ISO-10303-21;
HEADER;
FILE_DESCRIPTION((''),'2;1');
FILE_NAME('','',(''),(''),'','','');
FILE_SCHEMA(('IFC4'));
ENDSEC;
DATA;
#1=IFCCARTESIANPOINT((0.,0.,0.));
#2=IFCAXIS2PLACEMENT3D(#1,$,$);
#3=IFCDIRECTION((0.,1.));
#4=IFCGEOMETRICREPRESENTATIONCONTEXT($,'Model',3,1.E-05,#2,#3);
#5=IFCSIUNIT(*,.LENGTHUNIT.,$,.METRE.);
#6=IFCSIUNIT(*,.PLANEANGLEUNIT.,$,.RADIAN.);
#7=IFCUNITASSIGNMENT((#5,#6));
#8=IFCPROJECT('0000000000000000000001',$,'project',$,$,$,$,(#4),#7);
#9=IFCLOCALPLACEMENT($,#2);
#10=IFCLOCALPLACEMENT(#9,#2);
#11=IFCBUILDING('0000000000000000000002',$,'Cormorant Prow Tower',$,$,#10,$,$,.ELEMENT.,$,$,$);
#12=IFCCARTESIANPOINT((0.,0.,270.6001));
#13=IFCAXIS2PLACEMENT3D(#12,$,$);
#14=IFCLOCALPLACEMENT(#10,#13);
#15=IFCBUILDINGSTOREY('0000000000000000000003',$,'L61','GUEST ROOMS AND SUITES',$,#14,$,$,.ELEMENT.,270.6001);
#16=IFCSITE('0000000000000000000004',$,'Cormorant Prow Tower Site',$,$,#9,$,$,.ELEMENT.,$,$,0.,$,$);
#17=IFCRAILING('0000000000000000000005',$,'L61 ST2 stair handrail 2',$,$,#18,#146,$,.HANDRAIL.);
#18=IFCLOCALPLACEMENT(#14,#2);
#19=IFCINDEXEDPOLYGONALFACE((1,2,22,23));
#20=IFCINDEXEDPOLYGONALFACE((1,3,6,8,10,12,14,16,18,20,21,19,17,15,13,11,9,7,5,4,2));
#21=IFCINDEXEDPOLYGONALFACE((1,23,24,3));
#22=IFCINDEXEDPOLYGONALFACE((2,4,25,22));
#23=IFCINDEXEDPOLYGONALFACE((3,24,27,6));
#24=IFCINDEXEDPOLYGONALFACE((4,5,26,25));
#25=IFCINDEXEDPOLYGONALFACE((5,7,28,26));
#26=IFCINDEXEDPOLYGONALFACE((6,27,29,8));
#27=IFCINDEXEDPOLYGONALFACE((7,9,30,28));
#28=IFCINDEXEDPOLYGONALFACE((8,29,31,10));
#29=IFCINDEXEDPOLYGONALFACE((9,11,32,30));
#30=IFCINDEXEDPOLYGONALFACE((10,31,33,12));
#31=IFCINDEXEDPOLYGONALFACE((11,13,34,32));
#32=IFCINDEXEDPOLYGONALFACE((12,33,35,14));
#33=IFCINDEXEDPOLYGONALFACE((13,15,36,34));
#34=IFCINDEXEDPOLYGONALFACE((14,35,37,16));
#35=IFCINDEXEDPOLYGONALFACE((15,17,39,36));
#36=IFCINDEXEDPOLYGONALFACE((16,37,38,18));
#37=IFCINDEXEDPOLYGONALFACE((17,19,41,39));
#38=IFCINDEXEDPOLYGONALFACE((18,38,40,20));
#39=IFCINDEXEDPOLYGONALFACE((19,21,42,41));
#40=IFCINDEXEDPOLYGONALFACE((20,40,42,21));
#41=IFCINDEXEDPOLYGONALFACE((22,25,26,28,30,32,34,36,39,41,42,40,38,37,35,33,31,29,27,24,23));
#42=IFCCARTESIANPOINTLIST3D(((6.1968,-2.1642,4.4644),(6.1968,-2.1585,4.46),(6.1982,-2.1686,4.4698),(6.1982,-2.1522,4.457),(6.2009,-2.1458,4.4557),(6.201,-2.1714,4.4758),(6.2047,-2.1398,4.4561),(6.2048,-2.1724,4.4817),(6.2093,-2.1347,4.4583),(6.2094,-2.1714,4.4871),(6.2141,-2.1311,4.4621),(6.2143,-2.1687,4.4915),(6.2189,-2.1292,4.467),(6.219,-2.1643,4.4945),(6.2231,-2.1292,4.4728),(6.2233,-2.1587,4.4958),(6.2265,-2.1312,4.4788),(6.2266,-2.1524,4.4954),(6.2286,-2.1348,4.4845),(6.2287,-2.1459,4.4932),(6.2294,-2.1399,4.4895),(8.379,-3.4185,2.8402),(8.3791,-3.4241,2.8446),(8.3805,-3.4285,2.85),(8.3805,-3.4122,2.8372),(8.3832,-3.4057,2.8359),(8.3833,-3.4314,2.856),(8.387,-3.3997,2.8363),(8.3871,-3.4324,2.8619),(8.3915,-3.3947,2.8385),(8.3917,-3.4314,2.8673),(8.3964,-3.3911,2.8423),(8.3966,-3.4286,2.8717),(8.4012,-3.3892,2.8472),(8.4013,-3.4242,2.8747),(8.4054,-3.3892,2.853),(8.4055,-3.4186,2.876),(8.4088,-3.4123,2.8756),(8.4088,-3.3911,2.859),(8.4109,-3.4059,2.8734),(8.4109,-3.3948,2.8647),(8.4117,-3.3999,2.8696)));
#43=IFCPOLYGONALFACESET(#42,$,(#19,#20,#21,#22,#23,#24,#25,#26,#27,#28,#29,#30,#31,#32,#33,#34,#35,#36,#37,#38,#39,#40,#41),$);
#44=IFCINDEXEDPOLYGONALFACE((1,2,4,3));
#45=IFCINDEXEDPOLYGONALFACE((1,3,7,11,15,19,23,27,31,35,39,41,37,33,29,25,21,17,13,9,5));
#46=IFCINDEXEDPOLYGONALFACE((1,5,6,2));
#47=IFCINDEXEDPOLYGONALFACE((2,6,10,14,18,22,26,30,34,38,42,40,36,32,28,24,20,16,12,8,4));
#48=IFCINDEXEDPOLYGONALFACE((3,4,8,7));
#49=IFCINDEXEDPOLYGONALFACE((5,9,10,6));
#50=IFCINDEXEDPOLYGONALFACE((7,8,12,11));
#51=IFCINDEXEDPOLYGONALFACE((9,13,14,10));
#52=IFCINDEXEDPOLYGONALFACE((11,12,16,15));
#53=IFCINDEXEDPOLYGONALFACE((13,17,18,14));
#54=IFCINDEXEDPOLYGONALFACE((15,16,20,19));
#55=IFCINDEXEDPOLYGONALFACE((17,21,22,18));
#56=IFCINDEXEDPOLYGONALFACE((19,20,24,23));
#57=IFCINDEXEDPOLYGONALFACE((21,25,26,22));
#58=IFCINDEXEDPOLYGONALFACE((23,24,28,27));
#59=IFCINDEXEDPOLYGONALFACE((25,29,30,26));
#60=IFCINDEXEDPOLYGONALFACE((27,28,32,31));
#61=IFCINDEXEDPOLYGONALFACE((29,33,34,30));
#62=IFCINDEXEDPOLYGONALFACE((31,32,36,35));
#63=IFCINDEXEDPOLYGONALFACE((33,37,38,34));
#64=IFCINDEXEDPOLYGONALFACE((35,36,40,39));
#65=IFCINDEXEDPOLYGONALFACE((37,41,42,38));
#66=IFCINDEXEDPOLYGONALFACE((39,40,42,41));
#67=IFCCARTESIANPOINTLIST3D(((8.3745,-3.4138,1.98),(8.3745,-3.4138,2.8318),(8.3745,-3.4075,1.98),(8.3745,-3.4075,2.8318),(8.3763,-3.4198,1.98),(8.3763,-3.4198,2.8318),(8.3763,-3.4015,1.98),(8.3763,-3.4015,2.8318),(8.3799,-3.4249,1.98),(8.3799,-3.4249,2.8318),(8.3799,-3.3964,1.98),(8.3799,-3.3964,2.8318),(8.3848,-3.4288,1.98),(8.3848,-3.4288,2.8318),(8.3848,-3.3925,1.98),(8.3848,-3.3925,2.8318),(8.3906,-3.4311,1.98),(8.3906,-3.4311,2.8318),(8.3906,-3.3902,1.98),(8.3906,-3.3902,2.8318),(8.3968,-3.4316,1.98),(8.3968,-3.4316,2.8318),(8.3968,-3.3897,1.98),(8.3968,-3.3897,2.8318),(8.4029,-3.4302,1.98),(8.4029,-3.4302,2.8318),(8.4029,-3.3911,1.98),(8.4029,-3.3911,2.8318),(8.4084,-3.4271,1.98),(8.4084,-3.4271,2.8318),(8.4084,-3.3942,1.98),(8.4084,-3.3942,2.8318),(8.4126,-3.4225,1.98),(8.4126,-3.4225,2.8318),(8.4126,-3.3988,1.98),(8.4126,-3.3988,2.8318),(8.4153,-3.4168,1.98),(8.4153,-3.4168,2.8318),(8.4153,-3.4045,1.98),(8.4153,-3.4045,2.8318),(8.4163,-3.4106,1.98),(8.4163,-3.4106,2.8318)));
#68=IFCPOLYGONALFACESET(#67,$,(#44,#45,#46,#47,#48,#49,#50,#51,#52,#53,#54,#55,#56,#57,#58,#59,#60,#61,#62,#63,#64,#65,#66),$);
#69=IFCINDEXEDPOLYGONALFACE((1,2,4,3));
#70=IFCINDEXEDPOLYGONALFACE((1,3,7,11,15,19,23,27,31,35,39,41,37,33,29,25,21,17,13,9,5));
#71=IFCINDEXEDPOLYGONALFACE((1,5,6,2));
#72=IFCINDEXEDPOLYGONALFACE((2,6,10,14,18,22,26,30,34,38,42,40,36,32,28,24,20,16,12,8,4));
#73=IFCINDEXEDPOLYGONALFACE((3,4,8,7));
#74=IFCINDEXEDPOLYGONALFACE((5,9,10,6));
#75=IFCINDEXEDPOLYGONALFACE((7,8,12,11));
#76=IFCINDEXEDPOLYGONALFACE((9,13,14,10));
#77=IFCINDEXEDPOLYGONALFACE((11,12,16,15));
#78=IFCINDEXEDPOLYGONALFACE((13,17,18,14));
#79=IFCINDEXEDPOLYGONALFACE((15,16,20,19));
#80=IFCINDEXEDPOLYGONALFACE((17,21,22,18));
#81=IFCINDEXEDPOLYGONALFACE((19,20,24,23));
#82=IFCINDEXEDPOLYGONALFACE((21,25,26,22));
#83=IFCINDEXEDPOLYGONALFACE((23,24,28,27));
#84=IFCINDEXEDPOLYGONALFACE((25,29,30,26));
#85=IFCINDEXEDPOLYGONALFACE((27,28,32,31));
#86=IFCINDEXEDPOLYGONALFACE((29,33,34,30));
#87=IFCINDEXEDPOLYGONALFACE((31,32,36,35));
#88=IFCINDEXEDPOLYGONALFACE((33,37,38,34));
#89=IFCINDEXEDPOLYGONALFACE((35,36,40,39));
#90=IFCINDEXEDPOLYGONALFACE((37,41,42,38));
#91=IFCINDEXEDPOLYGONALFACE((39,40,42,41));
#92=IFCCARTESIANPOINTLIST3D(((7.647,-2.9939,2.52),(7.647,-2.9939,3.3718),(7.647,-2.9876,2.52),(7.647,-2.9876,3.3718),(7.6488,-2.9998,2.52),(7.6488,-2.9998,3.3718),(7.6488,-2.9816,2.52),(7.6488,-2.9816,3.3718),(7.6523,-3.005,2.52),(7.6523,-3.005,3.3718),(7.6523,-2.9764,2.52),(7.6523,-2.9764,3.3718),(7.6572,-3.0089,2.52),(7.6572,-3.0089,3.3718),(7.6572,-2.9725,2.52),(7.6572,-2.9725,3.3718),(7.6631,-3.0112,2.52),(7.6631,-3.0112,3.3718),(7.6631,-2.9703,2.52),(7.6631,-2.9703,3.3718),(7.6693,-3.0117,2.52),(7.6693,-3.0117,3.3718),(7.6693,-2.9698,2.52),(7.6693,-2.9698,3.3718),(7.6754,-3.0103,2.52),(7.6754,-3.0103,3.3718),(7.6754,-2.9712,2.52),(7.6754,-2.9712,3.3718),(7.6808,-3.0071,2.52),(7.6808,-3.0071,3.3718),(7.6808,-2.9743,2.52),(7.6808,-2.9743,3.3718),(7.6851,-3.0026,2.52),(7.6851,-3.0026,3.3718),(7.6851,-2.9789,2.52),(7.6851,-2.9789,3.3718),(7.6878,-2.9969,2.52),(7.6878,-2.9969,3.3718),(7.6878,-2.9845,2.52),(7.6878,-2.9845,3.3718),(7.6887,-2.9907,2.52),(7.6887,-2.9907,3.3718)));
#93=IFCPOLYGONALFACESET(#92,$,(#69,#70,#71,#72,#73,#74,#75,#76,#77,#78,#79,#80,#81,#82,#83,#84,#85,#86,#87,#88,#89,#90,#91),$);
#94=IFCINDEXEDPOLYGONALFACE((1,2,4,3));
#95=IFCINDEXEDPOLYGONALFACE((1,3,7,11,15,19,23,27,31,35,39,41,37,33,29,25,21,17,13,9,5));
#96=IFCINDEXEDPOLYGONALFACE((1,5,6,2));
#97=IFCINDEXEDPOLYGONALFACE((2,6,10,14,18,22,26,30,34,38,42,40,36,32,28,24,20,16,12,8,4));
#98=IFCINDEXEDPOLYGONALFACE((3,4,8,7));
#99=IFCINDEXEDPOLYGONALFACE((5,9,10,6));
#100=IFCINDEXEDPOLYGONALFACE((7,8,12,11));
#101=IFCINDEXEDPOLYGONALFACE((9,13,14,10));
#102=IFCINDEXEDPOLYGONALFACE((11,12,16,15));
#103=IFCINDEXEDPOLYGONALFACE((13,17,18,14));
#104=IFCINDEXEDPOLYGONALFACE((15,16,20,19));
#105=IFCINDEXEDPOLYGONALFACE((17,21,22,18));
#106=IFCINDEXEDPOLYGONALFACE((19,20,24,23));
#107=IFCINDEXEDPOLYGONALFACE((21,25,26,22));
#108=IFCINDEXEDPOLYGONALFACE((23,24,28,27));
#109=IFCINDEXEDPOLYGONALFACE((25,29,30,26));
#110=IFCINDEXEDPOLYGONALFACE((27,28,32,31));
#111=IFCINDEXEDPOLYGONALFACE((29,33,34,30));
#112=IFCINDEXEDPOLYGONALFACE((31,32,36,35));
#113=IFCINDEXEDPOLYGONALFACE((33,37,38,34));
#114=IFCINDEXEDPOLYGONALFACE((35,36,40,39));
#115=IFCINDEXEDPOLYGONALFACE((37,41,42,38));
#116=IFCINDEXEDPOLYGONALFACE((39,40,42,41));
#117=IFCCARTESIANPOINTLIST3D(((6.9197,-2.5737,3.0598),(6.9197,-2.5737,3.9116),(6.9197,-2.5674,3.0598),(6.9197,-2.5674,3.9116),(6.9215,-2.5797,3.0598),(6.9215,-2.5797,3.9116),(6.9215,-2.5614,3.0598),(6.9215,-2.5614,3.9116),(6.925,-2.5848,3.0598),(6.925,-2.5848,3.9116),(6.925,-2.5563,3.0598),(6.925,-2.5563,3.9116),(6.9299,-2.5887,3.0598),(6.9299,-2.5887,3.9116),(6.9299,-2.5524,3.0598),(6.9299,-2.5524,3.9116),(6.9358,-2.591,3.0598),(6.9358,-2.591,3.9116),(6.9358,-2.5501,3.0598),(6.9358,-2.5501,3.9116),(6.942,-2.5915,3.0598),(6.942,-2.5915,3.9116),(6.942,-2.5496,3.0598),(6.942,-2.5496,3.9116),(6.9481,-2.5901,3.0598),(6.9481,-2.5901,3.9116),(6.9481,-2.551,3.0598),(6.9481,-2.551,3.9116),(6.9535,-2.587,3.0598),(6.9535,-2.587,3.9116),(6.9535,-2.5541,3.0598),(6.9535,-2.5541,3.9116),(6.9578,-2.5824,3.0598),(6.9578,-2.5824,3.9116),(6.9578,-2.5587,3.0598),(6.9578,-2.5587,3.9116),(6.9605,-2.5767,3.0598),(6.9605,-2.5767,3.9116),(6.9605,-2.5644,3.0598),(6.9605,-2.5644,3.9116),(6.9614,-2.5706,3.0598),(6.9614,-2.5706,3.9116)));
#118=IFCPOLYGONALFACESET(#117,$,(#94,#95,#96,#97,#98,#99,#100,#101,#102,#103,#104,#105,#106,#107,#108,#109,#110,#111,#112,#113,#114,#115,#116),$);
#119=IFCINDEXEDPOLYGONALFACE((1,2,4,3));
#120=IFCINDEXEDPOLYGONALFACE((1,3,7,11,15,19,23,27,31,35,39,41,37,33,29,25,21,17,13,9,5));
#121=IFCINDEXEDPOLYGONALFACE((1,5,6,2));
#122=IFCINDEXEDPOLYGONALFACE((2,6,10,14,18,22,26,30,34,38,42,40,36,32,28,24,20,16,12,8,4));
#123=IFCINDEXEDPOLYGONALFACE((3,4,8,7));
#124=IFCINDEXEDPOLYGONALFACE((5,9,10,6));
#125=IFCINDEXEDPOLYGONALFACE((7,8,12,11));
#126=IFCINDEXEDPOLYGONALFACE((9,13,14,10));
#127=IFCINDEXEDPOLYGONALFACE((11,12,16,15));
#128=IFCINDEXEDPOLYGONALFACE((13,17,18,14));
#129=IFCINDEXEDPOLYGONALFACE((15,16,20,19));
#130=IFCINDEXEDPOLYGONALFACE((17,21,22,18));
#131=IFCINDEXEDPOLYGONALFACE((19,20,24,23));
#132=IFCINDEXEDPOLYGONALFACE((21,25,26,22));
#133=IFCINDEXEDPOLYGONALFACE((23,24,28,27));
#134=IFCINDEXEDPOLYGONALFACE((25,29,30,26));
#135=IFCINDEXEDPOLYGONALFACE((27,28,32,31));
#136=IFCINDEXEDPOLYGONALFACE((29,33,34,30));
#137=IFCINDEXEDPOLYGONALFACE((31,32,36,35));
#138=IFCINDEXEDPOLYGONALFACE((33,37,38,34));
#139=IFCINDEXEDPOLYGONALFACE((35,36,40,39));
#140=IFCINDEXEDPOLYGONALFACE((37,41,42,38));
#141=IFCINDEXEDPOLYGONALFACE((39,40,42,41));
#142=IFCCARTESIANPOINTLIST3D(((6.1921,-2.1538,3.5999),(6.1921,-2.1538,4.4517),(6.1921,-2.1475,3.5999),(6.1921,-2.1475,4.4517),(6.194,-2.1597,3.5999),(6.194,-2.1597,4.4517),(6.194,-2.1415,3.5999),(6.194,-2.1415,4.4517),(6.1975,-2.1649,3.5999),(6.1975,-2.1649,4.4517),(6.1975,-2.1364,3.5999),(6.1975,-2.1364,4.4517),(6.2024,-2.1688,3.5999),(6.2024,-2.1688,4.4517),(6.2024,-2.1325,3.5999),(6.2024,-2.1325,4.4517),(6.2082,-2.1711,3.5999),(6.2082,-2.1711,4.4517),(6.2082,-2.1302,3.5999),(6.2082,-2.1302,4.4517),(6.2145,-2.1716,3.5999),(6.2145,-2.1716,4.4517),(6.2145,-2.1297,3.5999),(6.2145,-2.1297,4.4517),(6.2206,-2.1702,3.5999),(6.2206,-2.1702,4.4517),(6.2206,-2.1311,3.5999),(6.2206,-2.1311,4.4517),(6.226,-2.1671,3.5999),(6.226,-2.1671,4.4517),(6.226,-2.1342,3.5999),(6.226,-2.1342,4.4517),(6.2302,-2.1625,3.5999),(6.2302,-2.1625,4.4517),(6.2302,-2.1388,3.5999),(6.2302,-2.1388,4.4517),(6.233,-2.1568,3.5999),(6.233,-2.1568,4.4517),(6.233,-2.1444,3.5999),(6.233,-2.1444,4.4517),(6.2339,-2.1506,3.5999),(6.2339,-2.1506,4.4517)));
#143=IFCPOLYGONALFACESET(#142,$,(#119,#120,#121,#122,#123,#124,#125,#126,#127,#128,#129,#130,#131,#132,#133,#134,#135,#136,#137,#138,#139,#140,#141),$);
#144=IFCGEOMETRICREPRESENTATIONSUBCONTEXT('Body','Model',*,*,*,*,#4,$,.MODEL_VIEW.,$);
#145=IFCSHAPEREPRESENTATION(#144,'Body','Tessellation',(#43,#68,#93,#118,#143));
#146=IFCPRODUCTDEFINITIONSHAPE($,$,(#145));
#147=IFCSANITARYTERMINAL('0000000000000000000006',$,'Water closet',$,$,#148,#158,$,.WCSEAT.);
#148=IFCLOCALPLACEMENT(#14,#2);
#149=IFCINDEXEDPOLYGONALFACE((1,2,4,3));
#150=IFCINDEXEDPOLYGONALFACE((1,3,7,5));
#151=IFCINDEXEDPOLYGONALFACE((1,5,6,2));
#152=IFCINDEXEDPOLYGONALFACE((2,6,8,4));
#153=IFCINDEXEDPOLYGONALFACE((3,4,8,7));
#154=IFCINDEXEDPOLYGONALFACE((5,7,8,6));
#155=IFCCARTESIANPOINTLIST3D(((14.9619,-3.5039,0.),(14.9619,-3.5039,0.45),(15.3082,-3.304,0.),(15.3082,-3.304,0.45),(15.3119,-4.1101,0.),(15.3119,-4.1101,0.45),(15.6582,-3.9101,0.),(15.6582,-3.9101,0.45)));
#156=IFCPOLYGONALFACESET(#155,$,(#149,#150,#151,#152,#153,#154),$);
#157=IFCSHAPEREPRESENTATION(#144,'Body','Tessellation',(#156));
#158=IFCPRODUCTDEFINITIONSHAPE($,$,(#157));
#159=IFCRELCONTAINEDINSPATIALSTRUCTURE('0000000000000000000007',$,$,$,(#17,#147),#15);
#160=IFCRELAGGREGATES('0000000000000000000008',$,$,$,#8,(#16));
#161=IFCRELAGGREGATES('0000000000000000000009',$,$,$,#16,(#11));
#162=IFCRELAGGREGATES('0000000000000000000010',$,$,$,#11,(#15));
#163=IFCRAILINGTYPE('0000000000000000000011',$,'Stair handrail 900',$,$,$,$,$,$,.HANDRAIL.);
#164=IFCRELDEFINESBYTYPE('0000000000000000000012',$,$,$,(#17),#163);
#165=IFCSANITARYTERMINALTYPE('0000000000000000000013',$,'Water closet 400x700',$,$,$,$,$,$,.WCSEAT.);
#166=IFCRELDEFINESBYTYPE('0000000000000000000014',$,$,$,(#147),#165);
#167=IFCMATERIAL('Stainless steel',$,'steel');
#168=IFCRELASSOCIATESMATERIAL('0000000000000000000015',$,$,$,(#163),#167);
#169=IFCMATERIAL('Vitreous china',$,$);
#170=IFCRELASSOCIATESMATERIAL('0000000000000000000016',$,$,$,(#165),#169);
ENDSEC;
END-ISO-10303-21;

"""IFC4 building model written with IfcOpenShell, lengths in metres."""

from ifc_helpers import new_model, si_unit, direction, frame, origin, origin_2d, place, context, subcontext, project, spatial, rectangle, circle, extrude, material, type_object, element, save


model = new_model("IFC4")

# Units and contexts
model_context = context("Model", 3, precision=1e-05, world=origin(), true_north=direction((0.0, 1.0)))
body_context = subcontext(model_context, "Body", "Model", "MODEL_VIEW")
ifc_project = project(units=[si_unit("LENGTHUNIT", "METRE"), si_unit("PLANEANGLEUNIT", "RADIAN")], contexts=[model_context])

# Site, building, storey
site_placement = place(None, origin())
site = spatial("IfcSite", under=ifc_project, at=site_placement, Name="Cormorant Prow Tower Site", CompositionType="ELEMENT", RefElevation=0.0)
building_placement = place(site_placement, origin())
building = spatial("IfcBuilding", under=site, at=building_placement, Name="Cormorant Prow Tower", CompositionType="ELEMENT")
storey_placement = place(building_placement, frame((0.0, 0.0, 270.6001)))
storey = spatial("IfcBuildingStorey", under=building, at=storey_placement, Name="L61", Description="GUEST ROOMS AND SUITES", CompositionType="ELEMENT", Elevation=270.6001)

# Railing
ifc_material_1 = material(Name="Stainless steel", Category="steel")
railing_type_1 = type_object("IfcRailingType", Name="Stair handrail 900", PredefinedType="HANDRAIL", material=ifc_material_1)
railing_1_placement = place(storey_placement, frame((8.3953, -3.4106, 1.98)))
element("IfcRailing", 1, at=railing_1_placement, inside=storey, type_object=railing_type_1, Name="L61 ST2 stair handrail 2", PredefinedType="HANDRAIL", context=body_context, shape_type="SweptSolid", body=[
    extrude(circle(Radius=0.0239, at=origin_2d()), frame((0.0, 0.0, 0.876), z_axis=(-0.728496, 0.420603, 0.540728), x_axis=(-0.500005, -0.866023, 0.0)), (0.0, 0.0, 1.0), 2.9956),
    extrude(circle(Radius=0.021, at=origin_2d()), origin(), (0.0, 0.0, 1.0), 0.8518),
    extrude(circle(Radius=0.021, at=origin_2d()), frame((-0.7275, 0.4199, 0.54)), (0.0, 0.0, 1.0), 0.8518),
    extrude(circle(Radius=0.021, at=origin_2d()), frame((-1.4548, 0.8401, 1.0798)), (0.0, 0.0, 1.0), 0.8518),
    extrude(circle(Radius=0.021, at=origin_2d()), frame((-2.1824, 1.26, 1.6199)), (0.0, 0.0, 1.0), 0.8518),
])

# Sanitary terminal
ifc_material_2 = material(Name="Vitreous china")
sanitary_terminal_type = type_object("IfcSanitaryTerminalType", Name="Water closet 400x700", PredefinedType="WCSEAT", material=ifc_material_2)
sanitary_terminal_placement = place(storey_placement, frame((15.3101, -3.707, 0.0), z_axis=(0.0, 0.0, 1.0), x_axis=(0.866025, 0.5, 0.0)))
element("IfcSanitaryTerminal", 2, at=sanitary_terminal_placement, inside=storey, type_object=sanitary_terminal_type, Name="Water closet", PredefinedType="WCSEAT", context=body_context, shape_type="SweptSolid", body=[
    extrude(rectangle(XDim=0.3999, YDim=0.7, at=origin_2d()), origin(), (0.0, 0.0, 1.0), 0.45),
])

save(model, "model.ifc")
